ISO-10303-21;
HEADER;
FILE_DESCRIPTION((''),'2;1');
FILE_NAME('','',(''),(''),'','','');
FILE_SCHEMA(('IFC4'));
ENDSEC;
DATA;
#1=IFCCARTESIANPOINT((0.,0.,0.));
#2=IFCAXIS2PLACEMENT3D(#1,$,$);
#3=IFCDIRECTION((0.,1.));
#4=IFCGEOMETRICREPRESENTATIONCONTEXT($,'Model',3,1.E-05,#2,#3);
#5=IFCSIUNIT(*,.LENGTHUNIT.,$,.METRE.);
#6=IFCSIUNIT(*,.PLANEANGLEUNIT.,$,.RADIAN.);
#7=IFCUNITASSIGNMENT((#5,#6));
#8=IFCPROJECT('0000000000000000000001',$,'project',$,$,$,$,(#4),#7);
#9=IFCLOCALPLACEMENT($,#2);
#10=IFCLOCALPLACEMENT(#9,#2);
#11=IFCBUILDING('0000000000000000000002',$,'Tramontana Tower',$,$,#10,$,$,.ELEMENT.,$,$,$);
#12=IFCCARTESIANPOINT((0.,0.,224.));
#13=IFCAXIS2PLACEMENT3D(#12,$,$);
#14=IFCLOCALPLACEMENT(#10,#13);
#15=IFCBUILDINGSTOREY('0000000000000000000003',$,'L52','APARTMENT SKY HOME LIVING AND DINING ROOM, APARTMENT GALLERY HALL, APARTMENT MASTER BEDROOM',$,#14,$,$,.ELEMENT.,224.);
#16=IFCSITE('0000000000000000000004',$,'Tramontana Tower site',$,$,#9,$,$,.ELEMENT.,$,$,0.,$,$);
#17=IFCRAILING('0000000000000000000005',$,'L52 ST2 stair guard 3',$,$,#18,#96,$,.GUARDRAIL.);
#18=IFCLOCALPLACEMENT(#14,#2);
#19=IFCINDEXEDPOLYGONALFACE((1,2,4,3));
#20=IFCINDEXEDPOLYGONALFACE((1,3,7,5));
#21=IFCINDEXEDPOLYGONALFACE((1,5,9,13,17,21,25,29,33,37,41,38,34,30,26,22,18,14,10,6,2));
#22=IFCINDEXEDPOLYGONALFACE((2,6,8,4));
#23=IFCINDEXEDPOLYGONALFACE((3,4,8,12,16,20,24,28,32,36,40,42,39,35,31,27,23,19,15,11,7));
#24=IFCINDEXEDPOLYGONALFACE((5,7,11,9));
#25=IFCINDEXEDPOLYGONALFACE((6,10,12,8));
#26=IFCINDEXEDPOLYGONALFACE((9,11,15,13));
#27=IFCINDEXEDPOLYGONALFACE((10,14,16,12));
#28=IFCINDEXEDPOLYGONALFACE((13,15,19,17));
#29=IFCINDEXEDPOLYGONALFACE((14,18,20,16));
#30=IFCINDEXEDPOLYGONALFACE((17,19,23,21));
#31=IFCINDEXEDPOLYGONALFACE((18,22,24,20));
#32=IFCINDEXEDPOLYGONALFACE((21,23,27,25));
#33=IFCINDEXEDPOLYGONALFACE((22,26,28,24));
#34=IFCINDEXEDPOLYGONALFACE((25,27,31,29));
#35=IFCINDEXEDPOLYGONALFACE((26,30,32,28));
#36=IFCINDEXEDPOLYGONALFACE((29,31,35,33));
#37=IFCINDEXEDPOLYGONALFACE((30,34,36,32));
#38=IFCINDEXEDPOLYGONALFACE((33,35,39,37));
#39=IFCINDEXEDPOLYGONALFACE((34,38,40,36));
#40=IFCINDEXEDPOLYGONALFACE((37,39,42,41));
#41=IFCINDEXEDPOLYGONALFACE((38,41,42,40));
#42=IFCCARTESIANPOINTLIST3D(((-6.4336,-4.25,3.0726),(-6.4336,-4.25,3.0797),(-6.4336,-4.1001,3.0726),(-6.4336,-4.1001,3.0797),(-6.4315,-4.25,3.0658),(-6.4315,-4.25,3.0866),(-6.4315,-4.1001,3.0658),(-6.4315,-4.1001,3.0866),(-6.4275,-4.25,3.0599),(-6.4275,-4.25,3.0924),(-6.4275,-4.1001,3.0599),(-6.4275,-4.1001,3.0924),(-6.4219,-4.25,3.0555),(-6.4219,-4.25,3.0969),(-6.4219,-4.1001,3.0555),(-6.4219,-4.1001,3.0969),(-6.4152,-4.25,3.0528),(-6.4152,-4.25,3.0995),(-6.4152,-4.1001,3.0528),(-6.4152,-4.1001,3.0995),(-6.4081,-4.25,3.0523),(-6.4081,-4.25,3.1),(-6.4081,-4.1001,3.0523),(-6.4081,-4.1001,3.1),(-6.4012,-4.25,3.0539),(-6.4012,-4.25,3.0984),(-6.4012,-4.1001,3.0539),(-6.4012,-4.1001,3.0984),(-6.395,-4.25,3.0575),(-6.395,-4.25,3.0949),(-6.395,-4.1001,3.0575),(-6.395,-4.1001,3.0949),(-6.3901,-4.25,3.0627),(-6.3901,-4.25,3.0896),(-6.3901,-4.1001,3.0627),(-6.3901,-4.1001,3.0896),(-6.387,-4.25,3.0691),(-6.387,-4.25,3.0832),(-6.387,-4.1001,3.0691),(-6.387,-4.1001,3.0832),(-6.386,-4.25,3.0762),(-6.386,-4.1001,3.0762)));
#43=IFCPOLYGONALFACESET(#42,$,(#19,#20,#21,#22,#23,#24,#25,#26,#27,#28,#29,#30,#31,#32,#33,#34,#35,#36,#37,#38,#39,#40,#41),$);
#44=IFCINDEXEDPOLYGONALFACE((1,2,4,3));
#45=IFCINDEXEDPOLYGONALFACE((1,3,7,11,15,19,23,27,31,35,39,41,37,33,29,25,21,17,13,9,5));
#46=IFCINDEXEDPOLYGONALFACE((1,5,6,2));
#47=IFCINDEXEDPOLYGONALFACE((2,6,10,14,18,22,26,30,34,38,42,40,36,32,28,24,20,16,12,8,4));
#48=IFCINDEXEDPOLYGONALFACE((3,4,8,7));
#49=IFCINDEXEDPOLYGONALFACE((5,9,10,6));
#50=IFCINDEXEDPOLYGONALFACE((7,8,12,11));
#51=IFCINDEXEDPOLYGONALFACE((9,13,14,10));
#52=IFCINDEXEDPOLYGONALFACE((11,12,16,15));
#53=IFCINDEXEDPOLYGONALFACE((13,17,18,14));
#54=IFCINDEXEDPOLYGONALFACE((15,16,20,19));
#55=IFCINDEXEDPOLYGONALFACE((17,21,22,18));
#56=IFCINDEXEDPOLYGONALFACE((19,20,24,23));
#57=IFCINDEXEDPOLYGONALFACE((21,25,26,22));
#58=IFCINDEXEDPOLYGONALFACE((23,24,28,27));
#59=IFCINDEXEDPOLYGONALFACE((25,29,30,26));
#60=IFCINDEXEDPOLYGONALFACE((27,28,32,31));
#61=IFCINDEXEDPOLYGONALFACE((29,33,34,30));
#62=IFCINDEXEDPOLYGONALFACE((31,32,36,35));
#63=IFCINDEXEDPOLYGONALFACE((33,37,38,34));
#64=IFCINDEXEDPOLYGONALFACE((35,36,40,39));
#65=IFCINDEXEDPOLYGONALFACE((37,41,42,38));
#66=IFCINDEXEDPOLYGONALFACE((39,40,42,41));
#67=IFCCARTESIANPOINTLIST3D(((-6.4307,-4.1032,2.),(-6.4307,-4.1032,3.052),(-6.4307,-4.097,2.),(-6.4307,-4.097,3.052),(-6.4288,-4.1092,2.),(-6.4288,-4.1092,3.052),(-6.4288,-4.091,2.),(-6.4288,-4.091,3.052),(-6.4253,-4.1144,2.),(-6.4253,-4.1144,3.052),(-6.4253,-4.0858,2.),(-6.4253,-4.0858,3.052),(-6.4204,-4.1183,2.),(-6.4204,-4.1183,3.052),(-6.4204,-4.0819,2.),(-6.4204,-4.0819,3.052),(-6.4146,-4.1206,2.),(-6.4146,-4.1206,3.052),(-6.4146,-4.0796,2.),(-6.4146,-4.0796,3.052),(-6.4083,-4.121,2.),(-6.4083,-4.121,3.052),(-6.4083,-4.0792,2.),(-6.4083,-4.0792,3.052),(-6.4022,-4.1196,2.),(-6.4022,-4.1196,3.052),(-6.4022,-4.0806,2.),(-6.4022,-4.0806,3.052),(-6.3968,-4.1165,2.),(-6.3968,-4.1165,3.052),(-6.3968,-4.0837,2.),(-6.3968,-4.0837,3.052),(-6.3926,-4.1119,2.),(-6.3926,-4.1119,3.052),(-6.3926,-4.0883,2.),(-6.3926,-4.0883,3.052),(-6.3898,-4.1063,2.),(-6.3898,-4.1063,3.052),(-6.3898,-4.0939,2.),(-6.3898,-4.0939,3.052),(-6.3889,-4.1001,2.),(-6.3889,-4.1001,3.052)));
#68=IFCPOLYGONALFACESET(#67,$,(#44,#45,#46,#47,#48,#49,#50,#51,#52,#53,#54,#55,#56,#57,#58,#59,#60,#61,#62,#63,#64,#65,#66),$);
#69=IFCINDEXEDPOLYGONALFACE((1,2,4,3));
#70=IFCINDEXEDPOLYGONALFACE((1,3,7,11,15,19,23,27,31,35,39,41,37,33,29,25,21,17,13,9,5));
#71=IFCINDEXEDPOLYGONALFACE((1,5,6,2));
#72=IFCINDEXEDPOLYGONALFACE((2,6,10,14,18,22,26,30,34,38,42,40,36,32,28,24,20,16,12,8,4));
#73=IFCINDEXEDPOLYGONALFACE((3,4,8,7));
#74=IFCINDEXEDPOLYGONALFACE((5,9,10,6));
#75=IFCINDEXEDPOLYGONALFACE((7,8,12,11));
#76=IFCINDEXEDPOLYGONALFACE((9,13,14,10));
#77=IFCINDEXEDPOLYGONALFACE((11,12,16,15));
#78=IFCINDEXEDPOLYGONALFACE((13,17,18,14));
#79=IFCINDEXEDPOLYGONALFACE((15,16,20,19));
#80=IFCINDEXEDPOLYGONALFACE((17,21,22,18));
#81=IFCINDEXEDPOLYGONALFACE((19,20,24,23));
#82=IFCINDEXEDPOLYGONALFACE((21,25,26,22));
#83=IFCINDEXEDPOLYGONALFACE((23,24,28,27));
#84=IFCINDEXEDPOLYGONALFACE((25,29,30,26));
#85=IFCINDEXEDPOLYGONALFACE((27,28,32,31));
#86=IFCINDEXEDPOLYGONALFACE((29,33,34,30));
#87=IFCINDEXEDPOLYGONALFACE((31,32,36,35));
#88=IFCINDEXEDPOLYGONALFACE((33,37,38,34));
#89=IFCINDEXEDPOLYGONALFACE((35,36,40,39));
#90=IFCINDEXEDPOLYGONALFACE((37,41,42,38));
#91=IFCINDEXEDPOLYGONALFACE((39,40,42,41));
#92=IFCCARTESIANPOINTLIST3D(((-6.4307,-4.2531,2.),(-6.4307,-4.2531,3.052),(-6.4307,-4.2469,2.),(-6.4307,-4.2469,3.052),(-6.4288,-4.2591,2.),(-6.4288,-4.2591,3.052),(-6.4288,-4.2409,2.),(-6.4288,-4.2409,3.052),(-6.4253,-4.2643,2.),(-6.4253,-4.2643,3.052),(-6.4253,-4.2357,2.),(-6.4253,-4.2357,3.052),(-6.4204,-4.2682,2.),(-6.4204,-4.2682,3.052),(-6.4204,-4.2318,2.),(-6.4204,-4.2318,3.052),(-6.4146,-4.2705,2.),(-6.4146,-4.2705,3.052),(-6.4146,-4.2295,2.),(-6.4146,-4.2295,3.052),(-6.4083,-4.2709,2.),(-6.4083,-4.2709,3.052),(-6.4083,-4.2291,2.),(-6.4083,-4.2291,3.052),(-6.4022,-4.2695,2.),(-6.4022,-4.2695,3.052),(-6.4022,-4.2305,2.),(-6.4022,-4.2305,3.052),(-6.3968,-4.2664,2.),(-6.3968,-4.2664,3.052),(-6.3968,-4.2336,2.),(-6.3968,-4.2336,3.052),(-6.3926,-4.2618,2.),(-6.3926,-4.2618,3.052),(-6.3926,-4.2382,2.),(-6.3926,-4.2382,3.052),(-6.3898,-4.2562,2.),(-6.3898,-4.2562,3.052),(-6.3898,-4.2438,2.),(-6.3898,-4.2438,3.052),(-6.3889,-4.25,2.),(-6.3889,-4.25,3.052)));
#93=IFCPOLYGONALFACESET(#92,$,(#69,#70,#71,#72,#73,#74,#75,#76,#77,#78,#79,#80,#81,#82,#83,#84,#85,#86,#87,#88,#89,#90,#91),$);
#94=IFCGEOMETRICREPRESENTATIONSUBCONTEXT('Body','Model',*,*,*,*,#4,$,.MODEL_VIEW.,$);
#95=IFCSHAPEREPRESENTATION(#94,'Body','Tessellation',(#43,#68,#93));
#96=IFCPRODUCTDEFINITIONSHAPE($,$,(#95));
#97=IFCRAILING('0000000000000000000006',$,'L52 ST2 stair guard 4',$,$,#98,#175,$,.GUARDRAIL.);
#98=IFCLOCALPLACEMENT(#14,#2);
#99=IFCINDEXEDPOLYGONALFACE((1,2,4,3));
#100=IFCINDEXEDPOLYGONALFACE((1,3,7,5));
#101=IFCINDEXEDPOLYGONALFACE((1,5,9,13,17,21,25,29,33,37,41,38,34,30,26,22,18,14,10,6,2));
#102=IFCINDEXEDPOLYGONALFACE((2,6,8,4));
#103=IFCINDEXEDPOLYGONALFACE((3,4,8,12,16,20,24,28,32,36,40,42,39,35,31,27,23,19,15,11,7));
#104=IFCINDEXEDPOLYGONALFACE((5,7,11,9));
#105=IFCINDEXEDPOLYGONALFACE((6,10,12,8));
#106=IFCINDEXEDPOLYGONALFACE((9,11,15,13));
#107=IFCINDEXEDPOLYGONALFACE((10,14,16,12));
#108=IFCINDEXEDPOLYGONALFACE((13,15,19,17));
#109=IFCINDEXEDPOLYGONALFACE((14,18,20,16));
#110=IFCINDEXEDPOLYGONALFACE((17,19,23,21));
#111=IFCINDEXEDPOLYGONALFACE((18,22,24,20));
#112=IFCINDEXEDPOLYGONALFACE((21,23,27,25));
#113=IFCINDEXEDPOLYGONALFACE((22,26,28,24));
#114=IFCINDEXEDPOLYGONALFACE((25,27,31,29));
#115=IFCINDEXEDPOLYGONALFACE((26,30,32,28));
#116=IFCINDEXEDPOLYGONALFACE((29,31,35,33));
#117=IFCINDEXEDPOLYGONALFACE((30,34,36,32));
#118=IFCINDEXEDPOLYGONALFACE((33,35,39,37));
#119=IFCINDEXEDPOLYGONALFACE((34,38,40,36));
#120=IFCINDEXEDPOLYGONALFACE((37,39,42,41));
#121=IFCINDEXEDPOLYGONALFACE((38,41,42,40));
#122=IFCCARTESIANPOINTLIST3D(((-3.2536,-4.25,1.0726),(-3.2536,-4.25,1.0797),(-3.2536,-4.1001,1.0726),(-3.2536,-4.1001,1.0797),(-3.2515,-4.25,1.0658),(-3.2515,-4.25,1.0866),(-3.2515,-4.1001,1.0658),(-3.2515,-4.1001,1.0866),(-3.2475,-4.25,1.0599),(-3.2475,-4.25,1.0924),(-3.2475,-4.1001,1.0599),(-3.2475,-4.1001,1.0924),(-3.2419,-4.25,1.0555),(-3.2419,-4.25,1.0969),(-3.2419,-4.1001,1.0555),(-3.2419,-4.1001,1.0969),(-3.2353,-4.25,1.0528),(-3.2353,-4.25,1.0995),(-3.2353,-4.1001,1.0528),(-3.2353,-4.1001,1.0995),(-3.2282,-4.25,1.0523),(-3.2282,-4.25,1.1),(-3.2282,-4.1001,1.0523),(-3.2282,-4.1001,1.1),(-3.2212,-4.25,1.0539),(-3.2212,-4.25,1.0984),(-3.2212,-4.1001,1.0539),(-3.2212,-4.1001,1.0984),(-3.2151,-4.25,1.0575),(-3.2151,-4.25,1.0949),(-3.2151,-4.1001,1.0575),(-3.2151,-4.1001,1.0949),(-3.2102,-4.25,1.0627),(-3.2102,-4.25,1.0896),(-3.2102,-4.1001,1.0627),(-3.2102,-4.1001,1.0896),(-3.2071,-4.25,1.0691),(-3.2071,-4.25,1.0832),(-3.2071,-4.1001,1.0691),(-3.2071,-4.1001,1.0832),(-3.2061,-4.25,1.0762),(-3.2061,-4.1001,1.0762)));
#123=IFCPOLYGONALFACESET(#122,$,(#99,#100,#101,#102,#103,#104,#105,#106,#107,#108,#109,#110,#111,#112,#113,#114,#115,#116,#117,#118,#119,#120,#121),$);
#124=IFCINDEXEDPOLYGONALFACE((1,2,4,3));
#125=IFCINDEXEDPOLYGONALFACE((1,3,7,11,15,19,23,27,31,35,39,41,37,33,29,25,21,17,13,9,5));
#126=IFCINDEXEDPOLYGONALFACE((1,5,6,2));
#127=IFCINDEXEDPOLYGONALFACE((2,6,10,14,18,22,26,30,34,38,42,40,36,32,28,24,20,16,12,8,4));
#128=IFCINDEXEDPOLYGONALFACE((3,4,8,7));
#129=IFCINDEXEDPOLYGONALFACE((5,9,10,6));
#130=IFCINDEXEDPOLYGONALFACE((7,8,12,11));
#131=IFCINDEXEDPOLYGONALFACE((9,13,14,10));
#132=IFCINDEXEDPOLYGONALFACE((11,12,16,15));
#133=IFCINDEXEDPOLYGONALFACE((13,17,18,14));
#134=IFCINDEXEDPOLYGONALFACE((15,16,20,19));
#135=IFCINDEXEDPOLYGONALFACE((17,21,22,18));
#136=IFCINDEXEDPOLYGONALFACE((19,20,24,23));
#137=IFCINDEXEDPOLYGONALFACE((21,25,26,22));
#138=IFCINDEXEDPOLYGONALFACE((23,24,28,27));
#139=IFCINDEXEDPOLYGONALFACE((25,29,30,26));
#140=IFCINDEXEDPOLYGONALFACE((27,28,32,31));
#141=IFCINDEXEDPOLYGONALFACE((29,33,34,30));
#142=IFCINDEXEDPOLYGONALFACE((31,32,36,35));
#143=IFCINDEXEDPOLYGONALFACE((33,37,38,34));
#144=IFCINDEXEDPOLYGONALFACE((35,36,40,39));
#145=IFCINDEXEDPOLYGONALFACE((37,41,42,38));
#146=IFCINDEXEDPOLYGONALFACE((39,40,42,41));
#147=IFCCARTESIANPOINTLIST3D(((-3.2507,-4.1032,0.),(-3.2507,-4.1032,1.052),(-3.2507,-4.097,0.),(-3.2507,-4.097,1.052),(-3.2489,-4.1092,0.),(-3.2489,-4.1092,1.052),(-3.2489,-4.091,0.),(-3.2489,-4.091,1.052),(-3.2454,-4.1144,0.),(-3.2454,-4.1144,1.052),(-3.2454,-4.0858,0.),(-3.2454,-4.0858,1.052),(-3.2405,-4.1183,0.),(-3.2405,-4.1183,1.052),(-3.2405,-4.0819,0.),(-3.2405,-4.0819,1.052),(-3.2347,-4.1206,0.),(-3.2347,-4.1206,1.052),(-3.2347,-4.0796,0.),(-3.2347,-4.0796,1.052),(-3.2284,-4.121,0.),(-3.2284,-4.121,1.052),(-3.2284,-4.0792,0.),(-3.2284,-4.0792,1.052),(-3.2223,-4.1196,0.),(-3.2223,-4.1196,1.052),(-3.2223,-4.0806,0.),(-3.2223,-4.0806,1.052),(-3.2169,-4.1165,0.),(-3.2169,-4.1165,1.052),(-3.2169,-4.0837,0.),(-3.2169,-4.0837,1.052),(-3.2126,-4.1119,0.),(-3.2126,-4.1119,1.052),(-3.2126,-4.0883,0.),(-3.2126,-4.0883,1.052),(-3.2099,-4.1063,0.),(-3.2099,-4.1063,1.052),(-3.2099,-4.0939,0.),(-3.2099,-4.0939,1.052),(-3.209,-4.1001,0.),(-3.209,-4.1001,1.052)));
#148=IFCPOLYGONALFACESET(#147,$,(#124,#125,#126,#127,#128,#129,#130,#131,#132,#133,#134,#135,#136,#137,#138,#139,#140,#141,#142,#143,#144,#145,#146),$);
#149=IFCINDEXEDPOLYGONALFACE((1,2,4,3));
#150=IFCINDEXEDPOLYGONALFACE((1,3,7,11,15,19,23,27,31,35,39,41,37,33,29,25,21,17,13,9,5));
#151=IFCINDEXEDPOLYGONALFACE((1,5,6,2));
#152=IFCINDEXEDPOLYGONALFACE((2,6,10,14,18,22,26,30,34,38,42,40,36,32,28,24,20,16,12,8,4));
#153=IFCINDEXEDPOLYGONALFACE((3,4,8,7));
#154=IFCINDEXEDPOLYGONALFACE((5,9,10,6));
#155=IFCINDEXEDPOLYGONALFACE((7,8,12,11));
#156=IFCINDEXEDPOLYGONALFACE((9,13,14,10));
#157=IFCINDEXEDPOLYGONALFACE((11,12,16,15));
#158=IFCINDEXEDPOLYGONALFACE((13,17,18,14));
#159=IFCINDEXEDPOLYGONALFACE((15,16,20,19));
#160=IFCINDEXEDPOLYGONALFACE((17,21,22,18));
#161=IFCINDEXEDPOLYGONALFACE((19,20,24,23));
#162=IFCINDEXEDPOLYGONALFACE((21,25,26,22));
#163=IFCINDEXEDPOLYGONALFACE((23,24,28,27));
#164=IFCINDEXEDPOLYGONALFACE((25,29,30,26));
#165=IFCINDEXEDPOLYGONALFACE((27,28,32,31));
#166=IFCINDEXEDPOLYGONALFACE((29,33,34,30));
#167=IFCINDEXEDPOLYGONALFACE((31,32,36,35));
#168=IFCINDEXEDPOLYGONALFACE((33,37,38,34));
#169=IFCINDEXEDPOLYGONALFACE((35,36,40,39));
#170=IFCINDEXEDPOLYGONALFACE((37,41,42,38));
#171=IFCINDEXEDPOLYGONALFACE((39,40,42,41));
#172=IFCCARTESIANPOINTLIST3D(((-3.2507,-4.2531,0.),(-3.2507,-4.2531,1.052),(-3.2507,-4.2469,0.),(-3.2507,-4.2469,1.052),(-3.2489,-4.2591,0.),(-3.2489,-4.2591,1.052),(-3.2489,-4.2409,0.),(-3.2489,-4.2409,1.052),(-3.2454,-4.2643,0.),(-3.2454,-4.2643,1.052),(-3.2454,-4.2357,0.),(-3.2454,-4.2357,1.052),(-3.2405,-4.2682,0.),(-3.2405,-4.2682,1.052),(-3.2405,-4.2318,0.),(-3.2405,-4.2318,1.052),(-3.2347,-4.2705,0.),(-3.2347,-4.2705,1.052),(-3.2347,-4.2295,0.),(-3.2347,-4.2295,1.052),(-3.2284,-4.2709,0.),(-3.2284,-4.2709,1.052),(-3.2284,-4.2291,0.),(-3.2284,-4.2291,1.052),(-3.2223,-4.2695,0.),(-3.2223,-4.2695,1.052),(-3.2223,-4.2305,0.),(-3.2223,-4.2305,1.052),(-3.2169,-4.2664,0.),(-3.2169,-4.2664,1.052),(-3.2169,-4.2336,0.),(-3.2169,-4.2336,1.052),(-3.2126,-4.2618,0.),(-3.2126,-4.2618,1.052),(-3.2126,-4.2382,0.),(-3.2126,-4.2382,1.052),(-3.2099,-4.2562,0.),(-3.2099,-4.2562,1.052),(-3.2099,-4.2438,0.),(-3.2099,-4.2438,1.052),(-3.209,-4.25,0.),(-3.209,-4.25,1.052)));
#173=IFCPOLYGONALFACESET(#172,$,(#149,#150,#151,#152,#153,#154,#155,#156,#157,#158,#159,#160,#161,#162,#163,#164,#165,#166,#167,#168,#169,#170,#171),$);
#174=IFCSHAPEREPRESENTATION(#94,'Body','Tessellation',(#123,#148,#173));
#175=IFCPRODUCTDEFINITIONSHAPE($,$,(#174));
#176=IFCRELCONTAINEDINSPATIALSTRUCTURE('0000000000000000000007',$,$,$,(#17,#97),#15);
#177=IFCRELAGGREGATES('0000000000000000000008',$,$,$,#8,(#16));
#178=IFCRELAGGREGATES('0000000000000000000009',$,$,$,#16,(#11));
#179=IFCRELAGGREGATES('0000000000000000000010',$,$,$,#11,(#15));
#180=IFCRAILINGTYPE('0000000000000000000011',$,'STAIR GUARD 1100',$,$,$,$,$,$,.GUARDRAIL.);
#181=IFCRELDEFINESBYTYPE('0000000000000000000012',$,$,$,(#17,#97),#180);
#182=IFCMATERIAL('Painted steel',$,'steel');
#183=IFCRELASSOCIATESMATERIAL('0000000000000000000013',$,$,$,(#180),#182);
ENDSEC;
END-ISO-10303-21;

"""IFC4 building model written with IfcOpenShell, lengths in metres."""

from ifc_helpers import new_model, si_unit, direction, frame, origin, origin_2d, place, context, subcontext, project, spatial, circle, extrude, material, type_object, element, save


model = new_model("IFC4")

# Units and contexts
model_context = context("Model", 3, precision=1e-05, world=origin(), true_north=direction((0.0, 1.0)))
body_context = subcontext(model_context, "Body", "Model", "MODEL_VIEW")
ifc_project = project(units=[si_unit("LENGTHUNIT", "METRE"), si_unit("PLANEANGLEUNIT", "RADIAN")], contexts=[model_context])

# Site, building, storey
site_placement = place(None, origin())
site = spatial("IfcSite", under=ifc_project, at=site_placement, Name="Tramontana Tower site", CompositionType="ELEMENT", RefElevation=0.0)
building_placement = place(site_placement, origin())
building = spatial("IfcBuilding", under=site, at=building_placement, Name="Tramontana Tower", CompositionType="ELEMENT")
storey_placement = place(building_placement, frame((0.0, 0.0, 224.0)))
storey = spatial("IfcBuildingStorey", under=building, at=storey_placement, Name="L52", Description="APARTMENT SKY HOME LIVING AND DINING ROOM, APARTMENT GALLERY HALL, APARTMENT MASTER BEDROOM", CompositionType="ELEMENT", Elevation=224.0)

# Railings
ifc_material_1 = material(Name="Painted steel", Category="steel")
railing_type_1 = type_object("IfcRailingType", Name="STAIR GUARD 1100", PredefinedType="GUARDRAIL", material=ifc_material_1)
for number, where, name in (
    (1, (-6.4099, -4.1001, 2.0), "L52 ST2 stair guard 3"),
    (2, (-3.23, -4.1001, 0.0), "L52 ST2 stair guard 4"),
):
    element("IfcRailing", number, at=place(storey_placement, frame(where)), inside=storey, type_object=railing_type_1, Name=name, PredefinedType="GUARDRAIL", context=body_context, shape_type="SweptSolid", body=[
        extrude(circle(Radius=0.0239, at=origin_2d()), frame((0.0, 0.0, 1.0762), z_axis=(0.0, -1.0, 0.0), x_axis=(1.0, 0.0, 0.0)), (0.0, 0.0, 1.0), 0.1499),
        extrude(circle(Radius=0.021, at=origin_2d()), origin(), (0.0, 0.0, 1.0), 1.052),
        extrude(circle(Radius=0.021, at=origin_2d()), frame((0.0, -0.1499, 0.0)), (0.0, 0.0, 1.0), 1.052),
    ])

save(model, "model.ifc")
